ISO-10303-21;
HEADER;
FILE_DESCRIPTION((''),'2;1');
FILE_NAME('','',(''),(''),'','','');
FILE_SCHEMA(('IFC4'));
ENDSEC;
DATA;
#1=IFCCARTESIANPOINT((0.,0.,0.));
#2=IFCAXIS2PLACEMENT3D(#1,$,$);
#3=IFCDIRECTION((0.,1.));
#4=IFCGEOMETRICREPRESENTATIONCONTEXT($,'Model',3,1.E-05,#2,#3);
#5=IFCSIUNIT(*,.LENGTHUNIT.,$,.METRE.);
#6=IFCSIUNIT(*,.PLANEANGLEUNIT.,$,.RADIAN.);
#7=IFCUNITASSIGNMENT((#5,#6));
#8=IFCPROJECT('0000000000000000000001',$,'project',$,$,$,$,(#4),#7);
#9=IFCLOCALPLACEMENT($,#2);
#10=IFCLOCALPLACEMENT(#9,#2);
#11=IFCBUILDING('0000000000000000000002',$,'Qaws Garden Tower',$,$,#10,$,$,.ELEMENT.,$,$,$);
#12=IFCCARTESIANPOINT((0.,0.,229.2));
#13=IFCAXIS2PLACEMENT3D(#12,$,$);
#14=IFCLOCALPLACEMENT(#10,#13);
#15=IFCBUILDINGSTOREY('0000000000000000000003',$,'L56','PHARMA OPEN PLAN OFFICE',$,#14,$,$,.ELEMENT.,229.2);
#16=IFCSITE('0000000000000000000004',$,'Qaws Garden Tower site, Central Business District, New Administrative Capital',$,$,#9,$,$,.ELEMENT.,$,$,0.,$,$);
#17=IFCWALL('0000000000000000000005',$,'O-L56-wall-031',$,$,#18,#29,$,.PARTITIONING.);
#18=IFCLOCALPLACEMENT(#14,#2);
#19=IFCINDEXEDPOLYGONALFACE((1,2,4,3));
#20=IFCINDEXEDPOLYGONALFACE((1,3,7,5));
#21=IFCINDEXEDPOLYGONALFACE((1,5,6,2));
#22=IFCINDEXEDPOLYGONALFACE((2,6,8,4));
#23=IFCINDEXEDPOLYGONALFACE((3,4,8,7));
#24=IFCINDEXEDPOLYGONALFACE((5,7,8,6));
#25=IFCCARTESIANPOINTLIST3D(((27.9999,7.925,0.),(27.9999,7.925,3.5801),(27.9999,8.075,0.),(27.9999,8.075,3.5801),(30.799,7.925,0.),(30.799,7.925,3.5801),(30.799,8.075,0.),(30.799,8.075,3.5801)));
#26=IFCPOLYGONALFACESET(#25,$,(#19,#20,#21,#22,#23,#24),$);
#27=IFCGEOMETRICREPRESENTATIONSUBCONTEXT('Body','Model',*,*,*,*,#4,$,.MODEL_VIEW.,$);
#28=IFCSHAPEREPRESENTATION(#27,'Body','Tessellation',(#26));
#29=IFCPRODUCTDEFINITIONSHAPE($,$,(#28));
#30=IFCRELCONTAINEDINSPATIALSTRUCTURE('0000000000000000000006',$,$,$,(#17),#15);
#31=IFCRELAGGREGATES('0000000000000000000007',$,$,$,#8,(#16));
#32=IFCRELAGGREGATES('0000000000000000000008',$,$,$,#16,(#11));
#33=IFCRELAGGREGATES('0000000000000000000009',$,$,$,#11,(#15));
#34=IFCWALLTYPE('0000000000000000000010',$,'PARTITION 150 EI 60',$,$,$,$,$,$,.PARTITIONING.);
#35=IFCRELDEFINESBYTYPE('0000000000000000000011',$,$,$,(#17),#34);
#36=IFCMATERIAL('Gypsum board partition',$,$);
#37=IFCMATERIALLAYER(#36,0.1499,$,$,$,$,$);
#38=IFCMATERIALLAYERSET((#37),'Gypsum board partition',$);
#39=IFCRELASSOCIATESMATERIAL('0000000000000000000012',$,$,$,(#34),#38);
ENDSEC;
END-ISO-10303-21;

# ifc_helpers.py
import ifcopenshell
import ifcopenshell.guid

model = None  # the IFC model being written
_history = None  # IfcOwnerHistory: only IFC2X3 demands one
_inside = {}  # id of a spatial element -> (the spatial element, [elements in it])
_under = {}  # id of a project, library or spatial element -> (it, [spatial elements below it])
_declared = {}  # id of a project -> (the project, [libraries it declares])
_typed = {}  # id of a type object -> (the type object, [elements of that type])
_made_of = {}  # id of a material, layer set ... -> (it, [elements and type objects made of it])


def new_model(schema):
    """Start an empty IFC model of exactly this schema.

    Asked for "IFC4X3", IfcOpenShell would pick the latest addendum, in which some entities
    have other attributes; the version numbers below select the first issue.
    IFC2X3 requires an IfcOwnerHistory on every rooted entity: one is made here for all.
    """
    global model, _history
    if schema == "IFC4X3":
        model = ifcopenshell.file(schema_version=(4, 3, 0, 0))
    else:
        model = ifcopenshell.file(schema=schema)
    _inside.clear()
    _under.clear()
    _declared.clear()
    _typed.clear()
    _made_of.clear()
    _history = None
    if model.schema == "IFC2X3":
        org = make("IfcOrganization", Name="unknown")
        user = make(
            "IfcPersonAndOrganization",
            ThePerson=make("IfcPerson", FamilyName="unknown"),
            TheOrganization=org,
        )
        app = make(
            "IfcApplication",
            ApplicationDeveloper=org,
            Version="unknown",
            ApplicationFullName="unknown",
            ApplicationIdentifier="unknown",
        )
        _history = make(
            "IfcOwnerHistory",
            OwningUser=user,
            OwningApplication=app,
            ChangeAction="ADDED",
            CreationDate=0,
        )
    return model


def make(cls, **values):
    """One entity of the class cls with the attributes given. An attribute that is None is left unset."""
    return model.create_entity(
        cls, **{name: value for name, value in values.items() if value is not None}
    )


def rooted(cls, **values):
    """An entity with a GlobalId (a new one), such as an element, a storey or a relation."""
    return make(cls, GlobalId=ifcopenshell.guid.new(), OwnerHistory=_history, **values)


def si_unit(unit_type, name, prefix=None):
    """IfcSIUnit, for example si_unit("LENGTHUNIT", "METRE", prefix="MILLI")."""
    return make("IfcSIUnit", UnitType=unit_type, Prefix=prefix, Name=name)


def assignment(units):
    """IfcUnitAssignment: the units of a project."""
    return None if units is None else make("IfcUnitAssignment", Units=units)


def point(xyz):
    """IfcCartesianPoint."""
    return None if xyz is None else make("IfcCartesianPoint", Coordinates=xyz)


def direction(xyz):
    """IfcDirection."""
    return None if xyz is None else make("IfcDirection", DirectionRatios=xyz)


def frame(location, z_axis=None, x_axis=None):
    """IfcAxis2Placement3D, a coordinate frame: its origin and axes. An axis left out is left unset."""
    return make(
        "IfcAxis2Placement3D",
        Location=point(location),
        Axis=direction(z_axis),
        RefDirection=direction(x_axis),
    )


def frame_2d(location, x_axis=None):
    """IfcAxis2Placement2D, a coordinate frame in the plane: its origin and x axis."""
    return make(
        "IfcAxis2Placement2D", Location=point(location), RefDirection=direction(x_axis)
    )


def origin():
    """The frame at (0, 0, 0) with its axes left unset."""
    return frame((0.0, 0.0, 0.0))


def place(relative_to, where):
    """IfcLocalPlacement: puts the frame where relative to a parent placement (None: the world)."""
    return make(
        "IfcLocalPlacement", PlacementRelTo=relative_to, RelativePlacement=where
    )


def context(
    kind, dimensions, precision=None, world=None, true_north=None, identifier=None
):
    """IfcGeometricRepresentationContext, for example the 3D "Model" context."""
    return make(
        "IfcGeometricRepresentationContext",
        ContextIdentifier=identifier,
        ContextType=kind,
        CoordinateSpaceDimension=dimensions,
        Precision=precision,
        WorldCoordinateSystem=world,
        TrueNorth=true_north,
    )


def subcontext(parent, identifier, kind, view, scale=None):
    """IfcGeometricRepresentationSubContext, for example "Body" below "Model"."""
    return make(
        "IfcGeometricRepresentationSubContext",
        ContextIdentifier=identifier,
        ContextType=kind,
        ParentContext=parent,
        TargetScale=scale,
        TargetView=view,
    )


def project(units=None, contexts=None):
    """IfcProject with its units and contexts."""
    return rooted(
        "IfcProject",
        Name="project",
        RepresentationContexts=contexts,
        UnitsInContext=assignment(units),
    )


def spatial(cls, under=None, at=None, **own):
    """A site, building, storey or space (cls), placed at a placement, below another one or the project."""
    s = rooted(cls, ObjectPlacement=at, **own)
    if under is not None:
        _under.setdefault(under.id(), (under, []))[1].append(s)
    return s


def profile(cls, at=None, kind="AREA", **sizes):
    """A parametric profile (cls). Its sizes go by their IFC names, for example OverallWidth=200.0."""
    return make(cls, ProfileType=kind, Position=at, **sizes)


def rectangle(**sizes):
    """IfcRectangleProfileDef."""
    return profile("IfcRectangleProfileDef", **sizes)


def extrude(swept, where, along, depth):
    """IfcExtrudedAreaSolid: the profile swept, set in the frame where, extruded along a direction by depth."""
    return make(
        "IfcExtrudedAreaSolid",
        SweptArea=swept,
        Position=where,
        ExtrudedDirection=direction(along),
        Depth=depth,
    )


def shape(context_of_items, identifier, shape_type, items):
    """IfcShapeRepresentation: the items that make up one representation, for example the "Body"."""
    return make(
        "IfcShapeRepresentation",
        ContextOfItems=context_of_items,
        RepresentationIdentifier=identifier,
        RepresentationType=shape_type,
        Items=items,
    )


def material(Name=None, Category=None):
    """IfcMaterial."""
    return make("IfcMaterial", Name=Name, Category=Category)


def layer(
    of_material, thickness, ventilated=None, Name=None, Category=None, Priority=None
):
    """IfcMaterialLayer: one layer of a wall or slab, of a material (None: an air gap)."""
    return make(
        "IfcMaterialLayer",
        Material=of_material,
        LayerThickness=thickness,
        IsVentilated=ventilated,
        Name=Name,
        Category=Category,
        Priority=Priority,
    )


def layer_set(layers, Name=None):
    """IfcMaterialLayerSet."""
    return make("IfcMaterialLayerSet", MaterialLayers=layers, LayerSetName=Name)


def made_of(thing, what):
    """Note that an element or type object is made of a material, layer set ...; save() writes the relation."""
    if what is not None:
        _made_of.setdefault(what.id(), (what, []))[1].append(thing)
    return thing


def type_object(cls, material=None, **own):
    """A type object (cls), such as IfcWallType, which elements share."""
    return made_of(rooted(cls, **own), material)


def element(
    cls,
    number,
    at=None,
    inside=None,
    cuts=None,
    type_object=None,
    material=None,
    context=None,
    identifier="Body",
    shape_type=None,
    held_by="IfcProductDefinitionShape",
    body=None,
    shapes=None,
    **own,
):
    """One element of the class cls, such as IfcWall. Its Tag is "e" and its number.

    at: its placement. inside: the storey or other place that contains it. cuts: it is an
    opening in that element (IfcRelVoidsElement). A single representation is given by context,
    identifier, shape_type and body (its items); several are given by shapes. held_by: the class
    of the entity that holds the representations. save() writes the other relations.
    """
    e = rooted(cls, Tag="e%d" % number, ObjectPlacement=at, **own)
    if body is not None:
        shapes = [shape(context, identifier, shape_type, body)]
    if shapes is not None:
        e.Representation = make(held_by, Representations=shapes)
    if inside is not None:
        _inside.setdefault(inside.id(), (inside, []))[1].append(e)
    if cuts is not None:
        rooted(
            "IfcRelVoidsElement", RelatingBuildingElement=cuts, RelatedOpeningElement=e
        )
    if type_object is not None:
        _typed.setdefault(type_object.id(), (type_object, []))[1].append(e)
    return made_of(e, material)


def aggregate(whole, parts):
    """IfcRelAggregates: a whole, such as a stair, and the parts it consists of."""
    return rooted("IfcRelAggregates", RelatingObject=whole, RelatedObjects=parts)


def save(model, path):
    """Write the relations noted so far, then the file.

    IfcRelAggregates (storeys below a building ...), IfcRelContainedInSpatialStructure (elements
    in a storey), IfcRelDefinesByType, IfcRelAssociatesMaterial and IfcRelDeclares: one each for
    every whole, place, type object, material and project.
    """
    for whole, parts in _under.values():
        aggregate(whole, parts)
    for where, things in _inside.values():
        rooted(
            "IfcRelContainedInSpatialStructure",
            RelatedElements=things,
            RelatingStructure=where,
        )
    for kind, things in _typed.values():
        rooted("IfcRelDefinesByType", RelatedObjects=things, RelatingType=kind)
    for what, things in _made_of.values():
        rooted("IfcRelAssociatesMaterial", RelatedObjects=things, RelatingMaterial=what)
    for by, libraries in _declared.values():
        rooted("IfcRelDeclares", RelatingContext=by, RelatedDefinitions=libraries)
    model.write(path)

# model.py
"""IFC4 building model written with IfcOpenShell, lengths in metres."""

from ifc_helpers import new_model, si_unit, direction, frame, frame_2d, origin, place, context, subcontext, project, spatial, rectangle, extrude, material, layer, layer_set, type_object, element, save


model = new_model("IFC4")

# Units and contexts
model_context = context("Model", 3, precision=1e-05, world=origin(), true_north=direction((0.0, 1.0)))
body_context = subcontext(model_context, "Body", "Model", "MODEL_VIEW")
ifc_project = project(units=[si_unit("LENGTHUNIT", "METRE"), si_unit("PLANEANGLEUNIT", "RADIAN")], contexts=[model_context])

# Site, building, storey
site_placement = place(None, origin())
site = spatial("IfcSite", under=ifc_project, at=site_placement, Name="Qaws Garden Tower site, Central Business District, New Administrative Capital", CompositionType="ELEMENT", RefElevation=0.0)
building_placement = place(site_placement, origin())
building = spatial("IfcBuilding", under=site, at=building_placement, Name="Qaws Garden Tower", CompositionType="ELEMENT")
storey_placement = place(building_placement, frame((0.0, 0.0, 229.2)))
storey = spatial("IfcBuildingStorey", under=building, at=storey_placement, Name="L56", Description="PHARMA OPEN PLAN OFFICE", CompositionType="ELEMENT", Elevation=229.2)

# Shared definitions
ifc_material_1 = material(Name="Gypsum board partition")
ifc_layer_1 = layer(ifc_material_1, 0.1499)
ifc_layer_set_1 = layer_set([ifc_layer_1], Name="Gypsum board partition")
wall_type_1 = type_object("IfcWallType", Name="PARTITION 150 EI 60", PredefinedType="PARTITIONING", material=ifc_layer_set_1)

# Wall
wall_1_placement = place(storey_placement, frame((28.0, 8.0, 0.0), z_axis=(0.0, 0.0, 1.0), x_axis=(1.0, 0.0, 0.0)))
element("IfcWall", 1, at=wall_1_placement, inside=storey, type_object=wall_type_1, Name="O-L56-wall-031", PredefinedType="PARTITIONING", context=body_context, shape_type="SweptSolid", body=[
    extrude(rectangle(XDim=2.7991, YDim=0.1499, at=frame_2d((1.3994, 0.0))), origin(), (0.0, 0.0, 1.0), 3.5801),
])

save(model, "model.ifc")
